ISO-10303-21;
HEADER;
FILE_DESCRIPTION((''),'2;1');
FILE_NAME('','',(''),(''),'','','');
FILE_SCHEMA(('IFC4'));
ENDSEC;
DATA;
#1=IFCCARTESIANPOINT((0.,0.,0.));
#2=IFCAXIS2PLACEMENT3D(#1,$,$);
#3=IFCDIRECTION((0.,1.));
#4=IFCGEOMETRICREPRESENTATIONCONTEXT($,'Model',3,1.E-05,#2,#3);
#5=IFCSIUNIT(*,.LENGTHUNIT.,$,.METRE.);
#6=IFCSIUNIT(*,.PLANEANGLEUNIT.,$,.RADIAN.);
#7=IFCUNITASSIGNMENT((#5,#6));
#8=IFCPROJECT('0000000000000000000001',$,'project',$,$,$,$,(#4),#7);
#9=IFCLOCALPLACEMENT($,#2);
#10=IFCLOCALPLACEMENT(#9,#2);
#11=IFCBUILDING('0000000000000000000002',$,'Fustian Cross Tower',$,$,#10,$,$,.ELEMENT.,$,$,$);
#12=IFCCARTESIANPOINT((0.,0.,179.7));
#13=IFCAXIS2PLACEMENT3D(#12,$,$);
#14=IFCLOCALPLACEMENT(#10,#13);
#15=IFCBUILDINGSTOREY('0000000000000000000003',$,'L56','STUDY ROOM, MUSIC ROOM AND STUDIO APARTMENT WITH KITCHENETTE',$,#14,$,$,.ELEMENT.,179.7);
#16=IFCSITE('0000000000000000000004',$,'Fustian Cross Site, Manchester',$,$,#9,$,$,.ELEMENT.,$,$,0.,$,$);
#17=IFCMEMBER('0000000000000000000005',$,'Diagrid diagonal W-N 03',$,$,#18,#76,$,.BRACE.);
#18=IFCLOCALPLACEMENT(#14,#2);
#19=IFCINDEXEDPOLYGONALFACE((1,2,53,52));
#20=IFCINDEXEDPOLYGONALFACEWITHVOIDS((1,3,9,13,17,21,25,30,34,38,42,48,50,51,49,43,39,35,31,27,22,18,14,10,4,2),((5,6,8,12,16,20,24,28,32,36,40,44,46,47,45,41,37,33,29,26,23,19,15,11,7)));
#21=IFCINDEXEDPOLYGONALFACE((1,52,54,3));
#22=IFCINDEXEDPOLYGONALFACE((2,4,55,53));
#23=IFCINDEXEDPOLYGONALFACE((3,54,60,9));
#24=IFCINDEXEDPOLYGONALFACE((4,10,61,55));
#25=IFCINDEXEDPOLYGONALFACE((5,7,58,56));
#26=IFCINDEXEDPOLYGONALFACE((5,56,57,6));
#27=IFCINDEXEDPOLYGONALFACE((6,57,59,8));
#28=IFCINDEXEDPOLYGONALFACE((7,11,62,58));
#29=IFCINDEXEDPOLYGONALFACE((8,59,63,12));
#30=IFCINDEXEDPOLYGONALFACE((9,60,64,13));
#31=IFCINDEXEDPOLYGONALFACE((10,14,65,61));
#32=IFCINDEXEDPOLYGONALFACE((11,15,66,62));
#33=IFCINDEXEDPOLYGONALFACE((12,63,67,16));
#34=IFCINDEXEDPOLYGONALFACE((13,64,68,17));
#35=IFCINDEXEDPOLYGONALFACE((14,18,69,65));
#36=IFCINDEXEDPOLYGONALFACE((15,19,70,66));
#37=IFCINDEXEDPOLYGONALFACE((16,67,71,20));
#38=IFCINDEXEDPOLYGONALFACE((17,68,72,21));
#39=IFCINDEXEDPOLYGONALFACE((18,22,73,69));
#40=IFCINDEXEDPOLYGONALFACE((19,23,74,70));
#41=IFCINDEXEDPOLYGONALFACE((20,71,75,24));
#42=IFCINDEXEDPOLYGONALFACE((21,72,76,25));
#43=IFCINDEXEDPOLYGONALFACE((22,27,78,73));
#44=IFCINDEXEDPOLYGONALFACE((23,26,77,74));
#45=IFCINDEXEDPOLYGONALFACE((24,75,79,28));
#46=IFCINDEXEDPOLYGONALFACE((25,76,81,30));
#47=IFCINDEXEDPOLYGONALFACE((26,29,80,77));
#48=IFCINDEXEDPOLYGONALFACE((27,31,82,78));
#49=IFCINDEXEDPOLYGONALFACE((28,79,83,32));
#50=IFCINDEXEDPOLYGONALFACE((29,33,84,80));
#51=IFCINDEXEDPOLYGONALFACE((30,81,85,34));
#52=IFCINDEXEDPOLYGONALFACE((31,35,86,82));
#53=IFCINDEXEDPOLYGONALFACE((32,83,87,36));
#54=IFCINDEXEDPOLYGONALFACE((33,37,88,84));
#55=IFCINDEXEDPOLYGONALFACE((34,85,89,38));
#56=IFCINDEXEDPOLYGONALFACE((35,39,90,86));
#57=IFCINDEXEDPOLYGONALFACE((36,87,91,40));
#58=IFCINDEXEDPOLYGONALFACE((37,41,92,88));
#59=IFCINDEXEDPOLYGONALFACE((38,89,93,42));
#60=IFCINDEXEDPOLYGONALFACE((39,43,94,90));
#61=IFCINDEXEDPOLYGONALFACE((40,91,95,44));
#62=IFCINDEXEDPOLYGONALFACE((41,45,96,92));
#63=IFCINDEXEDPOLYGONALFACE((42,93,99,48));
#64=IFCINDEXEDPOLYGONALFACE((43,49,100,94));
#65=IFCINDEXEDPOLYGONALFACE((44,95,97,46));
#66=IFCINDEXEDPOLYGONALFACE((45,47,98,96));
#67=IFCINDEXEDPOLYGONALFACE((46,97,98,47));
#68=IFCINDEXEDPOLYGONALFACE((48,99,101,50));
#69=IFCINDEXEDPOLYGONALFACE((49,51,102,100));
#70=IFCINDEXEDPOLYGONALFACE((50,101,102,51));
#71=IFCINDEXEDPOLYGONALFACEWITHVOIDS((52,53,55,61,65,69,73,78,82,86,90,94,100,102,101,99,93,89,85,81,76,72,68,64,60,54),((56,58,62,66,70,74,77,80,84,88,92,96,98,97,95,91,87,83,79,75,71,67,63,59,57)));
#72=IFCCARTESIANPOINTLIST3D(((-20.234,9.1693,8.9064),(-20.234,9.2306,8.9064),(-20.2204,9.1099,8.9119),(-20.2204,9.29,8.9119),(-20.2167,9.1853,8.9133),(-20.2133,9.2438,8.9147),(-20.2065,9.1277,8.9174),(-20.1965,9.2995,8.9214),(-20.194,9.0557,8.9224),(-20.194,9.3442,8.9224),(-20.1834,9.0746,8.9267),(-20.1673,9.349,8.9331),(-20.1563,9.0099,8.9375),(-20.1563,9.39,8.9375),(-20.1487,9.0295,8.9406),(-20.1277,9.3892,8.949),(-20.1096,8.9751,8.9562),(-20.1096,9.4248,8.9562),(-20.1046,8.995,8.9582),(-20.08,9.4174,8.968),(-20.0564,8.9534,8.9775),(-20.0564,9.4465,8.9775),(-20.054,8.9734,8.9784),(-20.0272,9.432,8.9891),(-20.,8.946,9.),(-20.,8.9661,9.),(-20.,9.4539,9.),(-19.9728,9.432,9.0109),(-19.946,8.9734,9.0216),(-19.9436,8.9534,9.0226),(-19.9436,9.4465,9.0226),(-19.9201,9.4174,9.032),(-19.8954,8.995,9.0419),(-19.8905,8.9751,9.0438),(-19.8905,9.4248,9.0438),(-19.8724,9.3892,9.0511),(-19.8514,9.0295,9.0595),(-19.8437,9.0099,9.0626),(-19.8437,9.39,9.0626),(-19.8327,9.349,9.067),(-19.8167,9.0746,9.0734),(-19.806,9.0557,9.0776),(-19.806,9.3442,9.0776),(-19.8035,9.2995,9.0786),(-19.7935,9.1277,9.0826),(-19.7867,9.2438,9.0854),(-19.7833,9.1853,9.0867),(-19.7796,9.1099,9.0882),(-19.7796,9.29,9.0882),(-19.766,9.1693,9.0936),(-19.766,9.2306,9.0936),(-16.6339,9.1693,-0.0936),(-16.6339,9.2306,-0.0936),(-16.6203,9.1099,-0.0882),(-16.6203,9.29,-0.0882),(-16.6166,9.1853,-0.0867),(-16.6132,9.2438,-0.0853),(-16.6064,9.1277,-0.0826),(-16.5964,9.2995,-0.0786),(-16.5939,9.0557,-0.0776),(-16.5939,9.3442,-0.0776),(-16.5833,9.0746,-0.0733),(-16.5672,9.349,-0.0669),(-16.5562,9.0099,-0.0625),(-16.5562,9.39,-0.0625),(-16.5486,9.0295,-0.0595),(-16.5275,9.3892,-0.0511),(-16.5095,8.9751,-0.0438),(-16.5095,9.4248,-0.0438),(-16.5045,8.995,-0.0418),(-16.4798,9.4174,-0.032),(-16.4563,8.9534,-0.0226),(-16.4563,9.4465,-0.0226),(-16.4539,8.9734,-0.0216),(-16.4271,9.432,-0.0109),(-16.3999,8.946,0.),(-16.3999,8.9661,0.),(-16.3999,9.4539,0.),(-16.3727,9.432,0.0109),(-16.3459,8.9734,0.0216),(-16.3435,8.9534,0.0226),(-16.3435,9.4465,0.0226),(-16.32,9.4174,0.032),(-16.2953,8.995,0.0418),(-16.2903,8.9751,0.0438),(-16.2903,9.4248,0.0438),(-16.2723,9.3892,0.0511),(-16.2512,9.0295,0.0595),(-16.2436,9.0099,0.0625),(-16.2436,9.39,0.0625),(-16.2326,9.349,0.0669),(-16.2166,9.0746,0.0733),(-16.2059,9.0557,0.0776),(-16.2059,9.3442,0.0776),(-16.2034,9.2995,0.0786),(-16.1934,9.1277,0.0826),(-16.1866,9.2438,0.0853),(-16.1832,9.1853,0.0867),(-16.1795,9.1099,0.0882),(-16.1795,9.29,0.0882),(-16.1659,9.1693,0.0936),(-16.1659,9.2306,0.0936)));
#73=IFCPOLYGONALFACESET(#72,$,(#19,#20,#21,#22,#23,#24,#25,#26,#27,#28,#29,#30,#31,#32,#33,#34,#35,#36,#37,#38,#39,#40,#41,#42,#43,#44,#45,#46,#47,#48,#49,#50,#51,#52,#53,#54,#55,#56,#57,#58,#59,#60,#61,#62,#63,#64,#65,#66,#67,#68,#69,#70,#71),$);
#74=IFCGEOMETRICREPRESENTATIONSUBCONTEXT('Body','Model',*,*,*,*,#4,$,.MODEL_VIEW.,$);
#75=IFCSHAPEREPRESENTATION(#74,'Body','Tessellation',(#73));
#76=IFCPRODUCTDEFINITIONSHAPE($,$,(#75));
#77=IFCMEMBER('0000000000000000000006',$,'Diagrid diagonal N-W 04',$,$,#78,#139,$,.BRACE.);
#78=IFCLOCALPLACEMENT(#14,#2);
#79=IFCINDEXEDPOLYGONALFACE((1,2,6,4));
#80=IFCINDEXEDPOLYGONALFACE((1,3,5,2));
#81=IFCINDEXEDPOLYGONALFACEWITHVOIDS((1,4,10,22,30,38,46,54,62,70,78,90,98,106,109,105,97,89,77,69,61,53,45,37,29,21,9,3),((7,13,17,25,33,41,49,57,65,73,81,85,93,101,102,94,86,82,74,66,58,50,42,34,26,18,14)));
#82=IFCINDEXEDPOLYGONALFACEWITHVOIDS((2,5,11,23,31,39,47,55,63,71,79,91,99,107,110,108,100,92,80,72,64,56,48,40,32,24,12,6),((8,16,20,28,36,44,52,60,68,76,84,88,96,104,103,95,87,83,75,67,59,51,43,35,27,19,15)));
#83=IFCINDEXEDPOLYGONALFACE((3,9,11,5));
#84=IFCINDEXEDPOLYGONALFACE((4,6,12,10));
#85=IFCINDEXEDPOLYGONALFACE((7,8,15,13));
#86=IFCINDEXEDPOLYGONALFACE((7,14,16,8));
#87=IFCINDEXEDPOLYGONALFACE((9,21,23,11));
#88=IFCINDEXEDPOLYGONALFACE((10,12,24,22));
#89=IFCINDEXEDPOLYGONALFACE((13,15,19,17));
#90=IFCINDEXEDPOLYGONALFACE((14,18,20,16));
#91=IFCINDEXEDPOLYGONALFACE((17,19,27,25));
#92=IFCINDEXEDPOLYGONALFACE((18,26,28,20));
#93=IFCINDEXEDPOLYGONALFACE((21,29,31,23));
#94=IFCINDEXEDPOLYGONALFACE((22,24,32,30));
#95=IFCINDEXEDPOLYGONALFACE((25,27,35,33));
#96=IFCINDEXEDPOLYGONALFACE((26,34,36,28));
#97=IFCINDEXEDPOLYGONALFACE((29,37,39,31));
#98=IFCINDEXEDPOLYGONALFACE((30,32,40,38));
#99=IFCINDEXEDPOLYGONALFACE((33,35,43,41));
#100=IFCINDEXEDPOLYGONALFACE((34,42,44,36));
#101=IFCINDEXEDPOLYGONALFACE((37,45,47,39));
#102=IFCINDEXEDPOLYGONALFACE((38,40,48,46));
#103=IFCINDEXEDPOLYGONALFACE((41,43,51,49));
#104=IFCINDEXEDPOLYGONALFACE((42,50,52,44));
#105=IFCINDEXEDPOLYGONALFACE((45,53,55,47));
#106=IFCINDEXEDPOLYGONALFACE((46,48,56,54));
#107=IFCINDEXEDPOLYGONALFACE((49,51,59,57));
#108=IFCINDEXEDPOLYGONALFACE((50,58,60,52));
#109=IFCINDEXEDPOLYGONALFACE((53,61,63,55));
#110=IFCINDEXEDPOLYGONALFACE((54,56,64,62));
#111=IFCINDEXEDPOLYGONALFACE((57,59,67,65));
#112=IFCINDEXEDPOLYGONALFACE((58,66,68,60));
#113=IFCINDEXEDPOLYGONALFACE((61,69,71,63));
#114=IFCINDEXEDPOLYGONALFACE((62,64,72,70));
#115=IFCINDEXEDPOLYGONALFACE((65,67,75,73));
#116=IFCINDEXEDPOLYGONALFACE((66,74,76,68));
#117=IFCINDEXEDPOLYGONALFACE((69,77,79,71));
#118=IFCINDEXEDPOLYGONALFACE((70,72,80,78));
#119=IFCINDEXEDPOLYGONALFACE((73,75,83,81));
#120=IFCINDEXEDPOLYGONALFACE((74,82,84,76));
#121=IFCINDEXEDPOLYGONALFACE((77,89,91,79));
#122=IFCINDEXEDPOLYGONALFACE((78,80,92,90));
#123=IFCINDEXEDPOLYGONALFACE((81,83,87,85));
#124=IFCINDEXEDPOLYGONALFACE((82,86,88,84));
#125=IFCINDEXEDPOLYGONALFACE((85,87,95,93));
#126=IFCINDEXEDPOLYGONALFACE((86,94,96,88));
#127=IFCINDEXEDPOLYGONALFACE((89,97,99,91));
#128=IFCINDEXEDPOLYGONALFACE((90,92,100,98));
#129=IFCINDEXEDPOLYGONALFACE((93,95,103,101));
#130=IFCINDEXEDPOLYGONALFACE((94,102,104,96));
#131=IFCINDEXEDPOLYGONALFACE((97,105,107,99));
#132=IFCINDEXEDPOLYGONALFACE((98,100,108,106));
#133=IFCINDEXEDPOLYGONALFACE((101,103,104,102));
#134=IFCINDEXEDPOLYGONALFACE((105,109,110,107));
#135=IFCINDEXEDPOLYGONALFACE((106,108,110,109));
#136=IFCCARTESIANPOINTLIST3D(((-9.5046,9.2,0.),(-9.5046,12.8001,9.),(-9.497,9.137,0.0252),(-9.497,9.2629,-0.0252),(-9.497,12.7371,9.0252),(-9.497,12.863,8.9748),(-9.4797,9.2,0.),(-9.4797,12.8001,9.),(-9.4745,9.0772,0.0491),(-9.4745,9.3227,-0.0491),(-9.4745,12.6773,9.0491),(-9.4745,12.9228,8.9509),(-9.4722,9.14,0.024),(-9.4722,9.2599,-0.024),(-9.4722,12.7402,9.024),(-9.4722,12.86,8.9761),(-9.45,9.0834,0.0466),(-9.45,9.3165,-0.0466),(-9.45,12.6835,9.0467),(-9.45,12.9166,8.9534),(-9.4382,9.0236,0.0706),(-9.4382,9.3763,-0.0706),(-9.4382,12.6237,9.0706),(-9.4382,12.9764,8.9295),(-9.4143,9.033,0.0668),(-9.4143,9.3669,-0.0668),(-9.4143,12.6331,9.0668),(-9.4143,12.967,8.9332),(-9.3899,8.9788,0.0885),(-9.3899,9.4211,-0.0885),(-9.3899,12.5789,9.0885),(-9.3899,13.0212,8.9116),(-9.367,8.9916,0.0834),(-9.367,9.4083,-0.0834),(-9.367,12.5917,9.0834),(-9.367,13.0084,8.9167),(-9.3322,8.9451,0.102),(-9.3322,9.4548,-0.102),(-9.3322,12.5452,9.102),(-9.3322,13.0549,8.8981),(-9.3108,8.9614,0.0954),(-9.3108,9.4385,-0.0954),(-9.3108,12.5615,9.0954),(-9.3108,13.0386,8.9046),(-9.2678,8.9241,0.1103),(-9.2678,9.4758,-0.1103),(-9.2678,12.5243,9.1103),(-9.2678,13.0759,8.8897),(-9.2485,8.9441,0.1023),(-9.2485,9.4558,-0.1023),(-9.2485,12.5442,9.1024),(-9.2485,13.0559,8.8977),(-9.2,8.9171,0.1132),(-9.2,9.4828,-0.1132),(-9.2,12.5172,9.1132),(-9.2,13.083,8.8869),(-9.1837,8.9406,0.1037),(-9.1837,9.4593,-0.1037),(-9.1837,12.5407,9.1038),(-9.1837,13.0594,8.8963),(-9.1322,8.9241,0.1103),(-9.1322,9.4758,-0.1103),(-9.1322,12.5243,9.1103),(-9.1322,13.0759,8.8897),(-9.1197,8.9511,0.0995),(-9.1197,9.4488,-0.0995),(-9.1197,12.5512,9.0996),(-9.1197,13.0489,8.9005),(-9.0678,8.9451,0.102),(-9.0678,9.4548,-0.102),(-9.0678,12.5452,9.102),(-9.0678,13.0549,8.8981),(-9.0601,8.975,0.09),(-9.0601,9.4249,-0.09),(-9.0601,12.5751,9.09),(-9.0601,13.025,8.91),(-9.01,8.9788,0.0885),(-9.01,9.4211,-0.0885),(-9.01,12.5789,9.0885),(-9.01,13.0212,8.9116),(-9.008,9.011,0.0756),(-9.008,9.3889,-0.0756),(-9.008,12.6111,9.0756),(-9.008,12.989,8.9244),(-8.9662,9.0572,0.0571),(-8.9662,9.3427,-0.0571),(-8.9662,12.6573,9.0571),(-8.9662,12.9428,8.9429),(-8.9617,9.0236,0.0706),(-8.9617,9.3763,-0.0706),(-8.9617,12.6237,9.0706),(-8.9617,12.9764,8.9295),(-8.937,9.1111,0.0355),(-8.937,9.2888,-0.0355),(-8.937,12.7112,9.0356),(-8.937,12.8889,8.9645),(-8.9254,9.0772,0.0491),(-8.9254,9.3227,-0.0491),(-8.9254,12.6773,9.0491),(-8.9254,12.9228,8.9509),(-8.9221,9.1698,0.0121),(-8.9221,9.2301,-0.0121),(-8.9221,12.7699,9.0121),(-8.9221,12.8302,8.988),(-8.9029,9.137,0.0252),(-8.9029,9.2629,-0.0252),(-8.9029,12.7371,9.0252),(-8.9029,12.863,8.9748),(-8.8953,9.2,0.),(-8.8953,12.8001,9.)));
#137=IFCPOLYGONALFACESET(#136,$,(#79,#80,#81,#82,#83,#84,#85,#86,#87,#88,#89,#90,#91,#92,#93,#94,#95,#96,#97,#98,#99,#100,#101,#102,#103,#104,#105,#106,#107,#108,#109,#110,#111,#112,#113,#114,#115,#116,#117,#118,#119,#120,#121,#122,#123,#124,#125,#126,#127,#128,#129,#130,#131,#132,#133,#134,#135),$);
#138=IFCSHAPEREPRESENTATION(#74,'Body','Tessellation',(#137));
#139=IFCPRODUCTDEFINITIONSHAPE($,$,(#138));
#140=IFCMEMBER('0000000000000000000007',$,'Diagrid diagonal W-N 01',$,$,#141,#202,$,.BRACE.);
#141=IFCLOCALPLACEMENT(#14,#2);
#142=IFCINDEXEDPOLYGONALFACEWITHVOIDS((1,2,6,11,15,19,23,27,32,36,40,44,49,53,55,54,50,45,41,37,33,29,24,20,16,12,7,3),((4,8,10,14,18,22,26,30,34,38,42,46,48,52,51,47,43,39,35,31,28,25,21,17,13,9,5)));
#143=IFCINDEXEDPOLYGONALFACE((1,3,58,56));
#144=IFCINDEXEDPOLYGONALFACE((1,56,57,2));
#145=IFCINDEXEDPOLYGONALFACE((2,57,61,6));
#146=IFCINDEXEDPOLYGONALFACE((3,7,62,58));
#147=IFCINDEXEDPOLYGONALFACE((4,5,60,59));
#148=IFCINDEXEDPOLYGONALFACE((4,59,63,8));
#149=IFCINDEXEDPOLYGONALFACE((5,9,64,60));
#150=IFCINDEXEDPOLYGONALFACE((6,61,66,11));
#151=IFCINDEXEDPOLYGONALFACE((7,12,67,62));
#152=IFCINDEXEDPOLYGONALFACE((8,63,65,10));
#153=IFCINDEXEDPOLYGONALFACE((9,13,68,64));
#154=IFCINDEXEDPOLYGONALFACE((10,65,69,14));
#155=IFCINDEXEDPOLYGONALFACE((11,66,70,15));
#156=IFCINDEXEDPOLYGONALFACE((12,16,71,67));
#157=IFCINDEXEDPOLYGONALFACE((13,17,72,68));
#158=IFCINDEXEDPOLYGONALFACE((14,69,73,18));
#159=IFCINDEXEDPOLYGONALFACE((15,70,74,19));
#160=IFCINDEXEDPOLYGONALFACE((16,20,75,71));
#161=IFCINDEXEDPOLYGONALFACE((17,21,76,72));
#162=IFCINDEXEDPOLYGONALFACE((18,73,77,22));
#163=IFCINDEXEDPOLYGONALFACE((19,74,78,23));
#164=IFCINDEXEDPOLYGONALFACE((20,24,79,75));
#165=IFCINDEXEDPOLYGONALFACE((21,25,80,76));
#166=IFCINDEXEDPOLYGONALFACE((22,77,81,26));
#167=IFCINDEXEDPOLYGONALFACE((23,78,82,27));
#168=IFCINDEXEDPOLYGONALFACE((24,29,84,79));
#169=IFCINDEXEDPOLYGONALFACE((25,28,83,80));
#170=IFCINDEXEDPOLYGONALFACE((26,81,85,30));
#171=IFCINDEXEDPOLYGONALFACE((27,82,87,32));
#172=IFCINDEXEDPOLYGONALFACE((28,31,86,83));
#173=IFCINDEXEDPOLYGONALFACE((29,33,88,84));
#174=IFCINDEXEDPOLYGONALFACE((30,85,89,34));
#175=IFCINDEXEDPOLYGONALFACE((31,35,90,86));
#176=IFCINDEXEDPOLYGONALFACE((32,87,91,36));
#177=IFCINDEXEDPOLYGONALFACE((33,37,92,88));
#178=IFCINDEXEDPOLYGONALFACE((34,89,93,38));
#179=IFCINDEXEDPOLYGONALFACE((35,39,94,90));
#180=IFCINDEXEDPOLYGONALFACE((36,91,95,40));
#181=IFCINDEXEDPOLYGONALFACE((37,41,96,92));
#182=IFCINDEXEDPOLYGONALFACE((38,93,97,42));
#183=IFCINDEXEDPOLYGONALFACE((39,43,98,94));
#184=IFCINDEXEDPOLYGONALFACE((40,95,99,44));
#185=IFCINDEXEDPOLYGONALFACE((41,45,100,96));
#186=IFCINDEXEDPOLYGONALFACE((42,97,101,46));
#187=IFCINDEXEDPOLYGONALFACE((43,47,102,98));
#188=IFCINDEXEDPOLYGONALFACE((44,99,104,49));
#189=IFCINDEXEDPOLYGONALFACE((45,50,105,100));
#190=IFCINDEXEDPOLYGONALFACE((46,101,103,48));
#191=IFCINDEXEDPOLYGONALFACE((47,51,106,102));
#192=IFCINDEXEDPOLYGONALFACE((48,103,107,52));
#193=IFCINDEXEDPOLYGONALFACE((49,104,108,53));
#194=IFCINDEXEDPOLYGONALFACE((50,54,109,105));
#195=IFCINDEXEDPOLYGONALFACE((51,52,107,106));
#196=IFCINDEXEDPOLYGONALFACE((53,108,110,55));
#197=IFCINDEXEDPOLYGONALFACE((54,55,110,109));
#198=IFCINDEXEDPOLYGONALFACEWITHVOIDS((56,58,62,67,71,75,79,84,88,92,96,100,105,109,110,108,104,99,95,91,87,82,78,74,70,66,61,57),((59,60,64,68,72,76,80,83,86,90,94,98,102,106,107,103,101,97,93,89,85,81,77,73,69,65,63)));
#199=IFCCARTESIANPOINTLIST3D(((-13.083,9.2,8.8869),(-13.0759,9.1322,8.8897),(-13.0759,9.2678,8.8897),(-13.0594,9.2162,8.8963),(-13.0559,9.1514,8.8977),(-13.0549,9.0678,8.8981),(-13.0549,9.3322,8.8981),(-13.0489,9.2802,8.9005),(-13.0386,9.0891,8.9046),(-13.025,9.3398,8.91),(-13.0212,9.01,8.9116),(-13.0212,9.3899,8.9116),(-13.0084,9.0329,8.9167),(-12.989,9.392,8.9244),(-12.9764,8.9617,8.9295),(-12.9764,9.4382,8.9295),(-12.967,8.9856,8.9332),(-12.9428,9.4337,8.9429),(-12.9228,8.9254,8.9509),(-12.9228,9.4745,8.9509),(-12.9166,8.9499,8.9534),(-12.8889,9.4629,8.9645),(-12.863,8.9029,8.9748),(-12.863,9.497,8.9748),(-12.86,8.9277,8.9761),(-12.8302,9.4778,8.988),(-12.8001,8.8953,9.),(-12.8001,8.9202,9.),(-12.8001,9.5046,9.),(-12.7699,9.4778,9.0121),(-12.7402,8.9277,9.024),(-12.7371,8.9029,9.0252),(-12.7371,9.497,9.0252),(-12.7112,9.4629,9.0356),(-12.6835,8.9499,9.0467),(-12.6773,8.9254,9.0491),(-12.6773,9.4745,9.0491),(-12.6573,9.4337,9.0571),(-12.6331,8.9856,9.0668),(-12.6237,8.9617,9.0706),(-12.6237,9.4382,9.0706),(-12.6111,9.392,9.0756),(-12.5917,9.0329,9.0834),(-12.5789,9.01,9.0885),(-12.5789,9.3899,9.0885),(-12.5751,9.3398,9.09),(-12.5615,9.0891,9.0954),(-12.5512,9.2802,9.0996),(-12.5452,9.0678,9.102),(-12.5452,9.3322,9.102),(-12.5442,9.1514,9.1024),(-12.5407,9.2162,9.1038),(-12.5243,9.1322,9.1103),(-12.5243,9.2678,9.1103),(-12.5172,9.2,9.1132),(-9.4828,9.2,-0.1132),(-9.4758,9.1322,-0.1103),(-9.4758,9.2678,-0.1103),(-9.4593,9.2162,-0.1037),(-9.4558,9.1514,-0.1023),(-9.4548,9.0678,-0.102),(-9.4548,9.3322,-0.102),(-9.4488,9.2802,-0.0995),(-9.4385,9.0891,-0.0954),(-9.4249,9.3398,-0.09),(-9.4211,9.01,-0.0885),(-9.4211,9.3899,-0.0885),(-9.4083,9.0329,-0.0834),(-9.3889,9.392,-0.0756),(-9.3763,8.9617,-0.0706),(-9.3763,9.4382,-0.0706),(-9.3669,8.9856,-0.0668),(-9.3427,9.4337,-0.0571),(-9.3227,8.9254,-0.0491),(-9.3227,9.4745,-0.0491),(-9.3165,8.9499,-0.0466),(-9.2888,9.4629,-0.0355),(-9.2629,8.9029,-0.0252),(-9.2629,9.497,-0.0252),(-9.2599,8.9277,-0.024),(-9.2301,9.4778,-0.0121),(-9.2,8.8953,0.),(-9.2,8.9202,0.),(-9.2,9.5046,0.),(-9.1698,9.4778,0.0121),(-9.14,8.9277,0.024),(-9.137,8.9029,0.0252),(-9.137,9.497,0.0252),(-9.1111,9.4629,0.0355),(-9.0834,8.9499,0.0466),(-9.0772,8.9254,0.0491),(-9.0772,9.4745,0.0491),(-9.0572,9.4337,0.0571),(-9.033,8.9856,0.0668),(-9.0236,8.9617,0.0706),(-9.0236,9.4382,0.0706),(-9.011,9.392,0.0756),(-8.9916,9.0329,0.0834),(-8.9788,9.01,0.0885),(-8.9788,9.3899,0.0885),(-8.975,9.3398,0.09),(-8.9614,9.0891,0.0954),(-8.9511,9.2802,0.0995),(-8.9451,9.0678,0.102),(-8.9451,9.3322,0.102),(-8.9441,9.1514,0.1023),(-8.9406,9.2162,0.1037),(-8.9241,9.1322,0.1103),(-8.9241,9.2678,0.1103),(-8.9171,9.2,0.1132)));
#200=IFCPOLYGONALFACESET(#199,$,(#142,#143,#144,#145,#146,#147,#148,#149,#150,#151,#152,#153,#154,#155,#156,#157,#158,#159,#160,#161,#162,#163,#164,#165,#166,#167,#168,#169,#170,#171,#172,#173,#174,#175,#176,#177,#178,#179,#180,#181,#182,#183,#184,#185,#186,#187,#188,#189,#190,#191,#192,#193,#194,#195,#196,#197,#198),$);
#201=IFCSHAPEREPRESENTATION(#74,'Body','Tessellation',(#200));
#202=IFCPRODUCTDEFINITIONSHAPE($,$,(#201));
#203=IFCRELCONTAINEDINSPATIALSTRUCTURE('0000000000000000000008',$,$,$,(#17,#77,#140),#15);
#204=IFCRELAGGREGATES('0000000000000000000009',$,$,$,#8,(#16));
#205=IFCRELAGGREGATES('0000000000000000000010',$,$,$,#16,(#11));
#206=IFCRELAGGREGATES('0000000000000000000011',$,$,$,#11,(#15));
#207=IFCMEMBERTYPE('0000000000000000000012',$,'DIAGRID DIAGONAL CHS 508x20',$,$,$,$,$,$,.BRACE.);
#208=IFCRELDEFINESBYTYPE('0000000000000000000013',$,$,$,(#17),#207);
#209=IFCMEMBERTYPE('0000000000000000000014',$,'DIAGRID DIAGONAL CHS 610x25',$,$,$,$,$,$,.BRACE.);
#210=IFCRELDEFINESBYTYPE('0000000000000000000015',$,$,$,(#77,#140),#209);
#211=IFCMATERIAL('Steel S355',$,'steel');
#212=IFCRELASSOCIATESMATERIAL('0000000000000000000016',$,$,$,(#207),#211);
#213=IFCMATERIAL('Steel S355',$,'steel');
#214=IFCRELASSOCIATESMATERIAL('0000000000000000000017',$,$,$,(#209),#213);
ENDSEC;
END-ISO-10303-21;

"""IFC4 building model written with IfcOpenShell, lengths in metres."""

from ifc_helpers import new_model, si_unit, direction, frame, origin, origin_2d, place, context, subcontext, project, spatial, hollow_circle, extrude, material, material_profile, profile_set, type_object, element, save


model = new_model("IFC4")

# Units and contexts
model_context = context("Model", 3, precision=1e-05, world=origin(), true_north=direction((0.0, 1.0)))
body_context = subcontext(model_context, "Body", "Model", "MODEL_VIEW")
ifc_project = project(units=[si_unit("LENGTHUNIT", "METRE"), si_unit("PLANEANGLEUNIT", "RADIAN")], contexts=[model_context])

# Site, building, storey
site_placement = place(None, origin())
site = spatial("IfcSite", under=ifc_project, at=site_placement, Name="Fustian Cross Site, Manchester", CompositionType="ELEMENT", RefElevation=0.0)
building_placement = place(site_placement, origin())
building = spatial("IfcBuilding", under=site, at=building_placement, Name="Fustian Cross Tower", CompositionType="ELEMENT")
storey_placement = place(building_placement, frame((0.0, 0.0, 179.7)))
storey = spatial("IfcBuildingStorey", under=building, at=storey_placement, Name="L56", Description="STUDY ROOM, MUSIC ROOM AND STUDIO APARTMENT WITH KITCHENETTE", CompositionType="ELEMENT", Elevation=179.7)

# Members
ifc_material_1 = material(Name="Steel S355", Category="steel")
ifc_material_profile_1 = material_profile(ifc_material_1, hollow_circle(Radius=0.2539, WallThickness=0.02, at=origin_2d()), Name="CHS 508x20")
ifc_profile_set_1 = profile_set([ifc_material_profile_1], Name="Steel S355")
member_type_1 = type_object("IfcMemberType", Name="DIAGRID DIAGONAL CHS 508x20", PredefinedType="BRACE", material=ifc_profile_set_1)
member_placement = place(storey_placement, frame((-16.3999, 9.2, 0.0), z_axis=(-0.371399, 0.0, 0.928473), x_axis=(0.0, -1.0, 0.0)))
element("IfcMember", 1, at=member_placement, inside=storey, type_object=member_type_1, Name="Diagrid diagonal W-N 03", PredefinedType="BRACE", context=body_context, shape_type="SweptSolid", body=[
    extrude(hollow_circle(Radius=0.2539, WallThickness=0.02, at=origin_2d()), origin(), (0.0, 0.0, 1.0), 9.6934),
])
ifc_material_2 = material(Name="Steel S355", Category="steel")
ifc_material_profile_2 = material_profile(ifc_material_2, hollow_circle(Radius=0.3047, WallThickness=0.0249, at=origin_2d()), Name="CHS 610x25")
ifc_profile_set_2 = profile_set([ifc_material_profile_2], Name="Steel S355")
member_type_2 = type_object("IfcMemberType", Name="DIAGRID DIAGONAL CHS 610x25", PredefinedType="BRACE", material=ifc_profile_set_2)
for number, where, z_axis, x_axis, name in (
    (2, (-9.2, 9.2, 0.0), (0.0, 0.371399, 0.928473), (-1.0, 0.0, 0.0), "Diagrid diagonal N-W 04"),
    (3, (-9.2, 9.2, 0.0), (-0.371399, 0.0, 0.928473), (0.0, -1.0, 0.0), "Diagrid diagonal W-N 01"),
):
    element("IfcMember", number, at=place(storey_placement, frame(where, z_axis=z_axis, x_axis=x_axis)), inside=storey, type_object=member_type_2, Name=name, PredefinedType="BRACE", context=body_context, shape_type="SweptSolid", body=[
        extrude(hollow_circle(Radius=0.3047, WallThickness=0.0249, at=origin_2d()), origin(), (0.0, 0.0, 1.0), 9.6934),
    ])

save(model, "model.ifc")
